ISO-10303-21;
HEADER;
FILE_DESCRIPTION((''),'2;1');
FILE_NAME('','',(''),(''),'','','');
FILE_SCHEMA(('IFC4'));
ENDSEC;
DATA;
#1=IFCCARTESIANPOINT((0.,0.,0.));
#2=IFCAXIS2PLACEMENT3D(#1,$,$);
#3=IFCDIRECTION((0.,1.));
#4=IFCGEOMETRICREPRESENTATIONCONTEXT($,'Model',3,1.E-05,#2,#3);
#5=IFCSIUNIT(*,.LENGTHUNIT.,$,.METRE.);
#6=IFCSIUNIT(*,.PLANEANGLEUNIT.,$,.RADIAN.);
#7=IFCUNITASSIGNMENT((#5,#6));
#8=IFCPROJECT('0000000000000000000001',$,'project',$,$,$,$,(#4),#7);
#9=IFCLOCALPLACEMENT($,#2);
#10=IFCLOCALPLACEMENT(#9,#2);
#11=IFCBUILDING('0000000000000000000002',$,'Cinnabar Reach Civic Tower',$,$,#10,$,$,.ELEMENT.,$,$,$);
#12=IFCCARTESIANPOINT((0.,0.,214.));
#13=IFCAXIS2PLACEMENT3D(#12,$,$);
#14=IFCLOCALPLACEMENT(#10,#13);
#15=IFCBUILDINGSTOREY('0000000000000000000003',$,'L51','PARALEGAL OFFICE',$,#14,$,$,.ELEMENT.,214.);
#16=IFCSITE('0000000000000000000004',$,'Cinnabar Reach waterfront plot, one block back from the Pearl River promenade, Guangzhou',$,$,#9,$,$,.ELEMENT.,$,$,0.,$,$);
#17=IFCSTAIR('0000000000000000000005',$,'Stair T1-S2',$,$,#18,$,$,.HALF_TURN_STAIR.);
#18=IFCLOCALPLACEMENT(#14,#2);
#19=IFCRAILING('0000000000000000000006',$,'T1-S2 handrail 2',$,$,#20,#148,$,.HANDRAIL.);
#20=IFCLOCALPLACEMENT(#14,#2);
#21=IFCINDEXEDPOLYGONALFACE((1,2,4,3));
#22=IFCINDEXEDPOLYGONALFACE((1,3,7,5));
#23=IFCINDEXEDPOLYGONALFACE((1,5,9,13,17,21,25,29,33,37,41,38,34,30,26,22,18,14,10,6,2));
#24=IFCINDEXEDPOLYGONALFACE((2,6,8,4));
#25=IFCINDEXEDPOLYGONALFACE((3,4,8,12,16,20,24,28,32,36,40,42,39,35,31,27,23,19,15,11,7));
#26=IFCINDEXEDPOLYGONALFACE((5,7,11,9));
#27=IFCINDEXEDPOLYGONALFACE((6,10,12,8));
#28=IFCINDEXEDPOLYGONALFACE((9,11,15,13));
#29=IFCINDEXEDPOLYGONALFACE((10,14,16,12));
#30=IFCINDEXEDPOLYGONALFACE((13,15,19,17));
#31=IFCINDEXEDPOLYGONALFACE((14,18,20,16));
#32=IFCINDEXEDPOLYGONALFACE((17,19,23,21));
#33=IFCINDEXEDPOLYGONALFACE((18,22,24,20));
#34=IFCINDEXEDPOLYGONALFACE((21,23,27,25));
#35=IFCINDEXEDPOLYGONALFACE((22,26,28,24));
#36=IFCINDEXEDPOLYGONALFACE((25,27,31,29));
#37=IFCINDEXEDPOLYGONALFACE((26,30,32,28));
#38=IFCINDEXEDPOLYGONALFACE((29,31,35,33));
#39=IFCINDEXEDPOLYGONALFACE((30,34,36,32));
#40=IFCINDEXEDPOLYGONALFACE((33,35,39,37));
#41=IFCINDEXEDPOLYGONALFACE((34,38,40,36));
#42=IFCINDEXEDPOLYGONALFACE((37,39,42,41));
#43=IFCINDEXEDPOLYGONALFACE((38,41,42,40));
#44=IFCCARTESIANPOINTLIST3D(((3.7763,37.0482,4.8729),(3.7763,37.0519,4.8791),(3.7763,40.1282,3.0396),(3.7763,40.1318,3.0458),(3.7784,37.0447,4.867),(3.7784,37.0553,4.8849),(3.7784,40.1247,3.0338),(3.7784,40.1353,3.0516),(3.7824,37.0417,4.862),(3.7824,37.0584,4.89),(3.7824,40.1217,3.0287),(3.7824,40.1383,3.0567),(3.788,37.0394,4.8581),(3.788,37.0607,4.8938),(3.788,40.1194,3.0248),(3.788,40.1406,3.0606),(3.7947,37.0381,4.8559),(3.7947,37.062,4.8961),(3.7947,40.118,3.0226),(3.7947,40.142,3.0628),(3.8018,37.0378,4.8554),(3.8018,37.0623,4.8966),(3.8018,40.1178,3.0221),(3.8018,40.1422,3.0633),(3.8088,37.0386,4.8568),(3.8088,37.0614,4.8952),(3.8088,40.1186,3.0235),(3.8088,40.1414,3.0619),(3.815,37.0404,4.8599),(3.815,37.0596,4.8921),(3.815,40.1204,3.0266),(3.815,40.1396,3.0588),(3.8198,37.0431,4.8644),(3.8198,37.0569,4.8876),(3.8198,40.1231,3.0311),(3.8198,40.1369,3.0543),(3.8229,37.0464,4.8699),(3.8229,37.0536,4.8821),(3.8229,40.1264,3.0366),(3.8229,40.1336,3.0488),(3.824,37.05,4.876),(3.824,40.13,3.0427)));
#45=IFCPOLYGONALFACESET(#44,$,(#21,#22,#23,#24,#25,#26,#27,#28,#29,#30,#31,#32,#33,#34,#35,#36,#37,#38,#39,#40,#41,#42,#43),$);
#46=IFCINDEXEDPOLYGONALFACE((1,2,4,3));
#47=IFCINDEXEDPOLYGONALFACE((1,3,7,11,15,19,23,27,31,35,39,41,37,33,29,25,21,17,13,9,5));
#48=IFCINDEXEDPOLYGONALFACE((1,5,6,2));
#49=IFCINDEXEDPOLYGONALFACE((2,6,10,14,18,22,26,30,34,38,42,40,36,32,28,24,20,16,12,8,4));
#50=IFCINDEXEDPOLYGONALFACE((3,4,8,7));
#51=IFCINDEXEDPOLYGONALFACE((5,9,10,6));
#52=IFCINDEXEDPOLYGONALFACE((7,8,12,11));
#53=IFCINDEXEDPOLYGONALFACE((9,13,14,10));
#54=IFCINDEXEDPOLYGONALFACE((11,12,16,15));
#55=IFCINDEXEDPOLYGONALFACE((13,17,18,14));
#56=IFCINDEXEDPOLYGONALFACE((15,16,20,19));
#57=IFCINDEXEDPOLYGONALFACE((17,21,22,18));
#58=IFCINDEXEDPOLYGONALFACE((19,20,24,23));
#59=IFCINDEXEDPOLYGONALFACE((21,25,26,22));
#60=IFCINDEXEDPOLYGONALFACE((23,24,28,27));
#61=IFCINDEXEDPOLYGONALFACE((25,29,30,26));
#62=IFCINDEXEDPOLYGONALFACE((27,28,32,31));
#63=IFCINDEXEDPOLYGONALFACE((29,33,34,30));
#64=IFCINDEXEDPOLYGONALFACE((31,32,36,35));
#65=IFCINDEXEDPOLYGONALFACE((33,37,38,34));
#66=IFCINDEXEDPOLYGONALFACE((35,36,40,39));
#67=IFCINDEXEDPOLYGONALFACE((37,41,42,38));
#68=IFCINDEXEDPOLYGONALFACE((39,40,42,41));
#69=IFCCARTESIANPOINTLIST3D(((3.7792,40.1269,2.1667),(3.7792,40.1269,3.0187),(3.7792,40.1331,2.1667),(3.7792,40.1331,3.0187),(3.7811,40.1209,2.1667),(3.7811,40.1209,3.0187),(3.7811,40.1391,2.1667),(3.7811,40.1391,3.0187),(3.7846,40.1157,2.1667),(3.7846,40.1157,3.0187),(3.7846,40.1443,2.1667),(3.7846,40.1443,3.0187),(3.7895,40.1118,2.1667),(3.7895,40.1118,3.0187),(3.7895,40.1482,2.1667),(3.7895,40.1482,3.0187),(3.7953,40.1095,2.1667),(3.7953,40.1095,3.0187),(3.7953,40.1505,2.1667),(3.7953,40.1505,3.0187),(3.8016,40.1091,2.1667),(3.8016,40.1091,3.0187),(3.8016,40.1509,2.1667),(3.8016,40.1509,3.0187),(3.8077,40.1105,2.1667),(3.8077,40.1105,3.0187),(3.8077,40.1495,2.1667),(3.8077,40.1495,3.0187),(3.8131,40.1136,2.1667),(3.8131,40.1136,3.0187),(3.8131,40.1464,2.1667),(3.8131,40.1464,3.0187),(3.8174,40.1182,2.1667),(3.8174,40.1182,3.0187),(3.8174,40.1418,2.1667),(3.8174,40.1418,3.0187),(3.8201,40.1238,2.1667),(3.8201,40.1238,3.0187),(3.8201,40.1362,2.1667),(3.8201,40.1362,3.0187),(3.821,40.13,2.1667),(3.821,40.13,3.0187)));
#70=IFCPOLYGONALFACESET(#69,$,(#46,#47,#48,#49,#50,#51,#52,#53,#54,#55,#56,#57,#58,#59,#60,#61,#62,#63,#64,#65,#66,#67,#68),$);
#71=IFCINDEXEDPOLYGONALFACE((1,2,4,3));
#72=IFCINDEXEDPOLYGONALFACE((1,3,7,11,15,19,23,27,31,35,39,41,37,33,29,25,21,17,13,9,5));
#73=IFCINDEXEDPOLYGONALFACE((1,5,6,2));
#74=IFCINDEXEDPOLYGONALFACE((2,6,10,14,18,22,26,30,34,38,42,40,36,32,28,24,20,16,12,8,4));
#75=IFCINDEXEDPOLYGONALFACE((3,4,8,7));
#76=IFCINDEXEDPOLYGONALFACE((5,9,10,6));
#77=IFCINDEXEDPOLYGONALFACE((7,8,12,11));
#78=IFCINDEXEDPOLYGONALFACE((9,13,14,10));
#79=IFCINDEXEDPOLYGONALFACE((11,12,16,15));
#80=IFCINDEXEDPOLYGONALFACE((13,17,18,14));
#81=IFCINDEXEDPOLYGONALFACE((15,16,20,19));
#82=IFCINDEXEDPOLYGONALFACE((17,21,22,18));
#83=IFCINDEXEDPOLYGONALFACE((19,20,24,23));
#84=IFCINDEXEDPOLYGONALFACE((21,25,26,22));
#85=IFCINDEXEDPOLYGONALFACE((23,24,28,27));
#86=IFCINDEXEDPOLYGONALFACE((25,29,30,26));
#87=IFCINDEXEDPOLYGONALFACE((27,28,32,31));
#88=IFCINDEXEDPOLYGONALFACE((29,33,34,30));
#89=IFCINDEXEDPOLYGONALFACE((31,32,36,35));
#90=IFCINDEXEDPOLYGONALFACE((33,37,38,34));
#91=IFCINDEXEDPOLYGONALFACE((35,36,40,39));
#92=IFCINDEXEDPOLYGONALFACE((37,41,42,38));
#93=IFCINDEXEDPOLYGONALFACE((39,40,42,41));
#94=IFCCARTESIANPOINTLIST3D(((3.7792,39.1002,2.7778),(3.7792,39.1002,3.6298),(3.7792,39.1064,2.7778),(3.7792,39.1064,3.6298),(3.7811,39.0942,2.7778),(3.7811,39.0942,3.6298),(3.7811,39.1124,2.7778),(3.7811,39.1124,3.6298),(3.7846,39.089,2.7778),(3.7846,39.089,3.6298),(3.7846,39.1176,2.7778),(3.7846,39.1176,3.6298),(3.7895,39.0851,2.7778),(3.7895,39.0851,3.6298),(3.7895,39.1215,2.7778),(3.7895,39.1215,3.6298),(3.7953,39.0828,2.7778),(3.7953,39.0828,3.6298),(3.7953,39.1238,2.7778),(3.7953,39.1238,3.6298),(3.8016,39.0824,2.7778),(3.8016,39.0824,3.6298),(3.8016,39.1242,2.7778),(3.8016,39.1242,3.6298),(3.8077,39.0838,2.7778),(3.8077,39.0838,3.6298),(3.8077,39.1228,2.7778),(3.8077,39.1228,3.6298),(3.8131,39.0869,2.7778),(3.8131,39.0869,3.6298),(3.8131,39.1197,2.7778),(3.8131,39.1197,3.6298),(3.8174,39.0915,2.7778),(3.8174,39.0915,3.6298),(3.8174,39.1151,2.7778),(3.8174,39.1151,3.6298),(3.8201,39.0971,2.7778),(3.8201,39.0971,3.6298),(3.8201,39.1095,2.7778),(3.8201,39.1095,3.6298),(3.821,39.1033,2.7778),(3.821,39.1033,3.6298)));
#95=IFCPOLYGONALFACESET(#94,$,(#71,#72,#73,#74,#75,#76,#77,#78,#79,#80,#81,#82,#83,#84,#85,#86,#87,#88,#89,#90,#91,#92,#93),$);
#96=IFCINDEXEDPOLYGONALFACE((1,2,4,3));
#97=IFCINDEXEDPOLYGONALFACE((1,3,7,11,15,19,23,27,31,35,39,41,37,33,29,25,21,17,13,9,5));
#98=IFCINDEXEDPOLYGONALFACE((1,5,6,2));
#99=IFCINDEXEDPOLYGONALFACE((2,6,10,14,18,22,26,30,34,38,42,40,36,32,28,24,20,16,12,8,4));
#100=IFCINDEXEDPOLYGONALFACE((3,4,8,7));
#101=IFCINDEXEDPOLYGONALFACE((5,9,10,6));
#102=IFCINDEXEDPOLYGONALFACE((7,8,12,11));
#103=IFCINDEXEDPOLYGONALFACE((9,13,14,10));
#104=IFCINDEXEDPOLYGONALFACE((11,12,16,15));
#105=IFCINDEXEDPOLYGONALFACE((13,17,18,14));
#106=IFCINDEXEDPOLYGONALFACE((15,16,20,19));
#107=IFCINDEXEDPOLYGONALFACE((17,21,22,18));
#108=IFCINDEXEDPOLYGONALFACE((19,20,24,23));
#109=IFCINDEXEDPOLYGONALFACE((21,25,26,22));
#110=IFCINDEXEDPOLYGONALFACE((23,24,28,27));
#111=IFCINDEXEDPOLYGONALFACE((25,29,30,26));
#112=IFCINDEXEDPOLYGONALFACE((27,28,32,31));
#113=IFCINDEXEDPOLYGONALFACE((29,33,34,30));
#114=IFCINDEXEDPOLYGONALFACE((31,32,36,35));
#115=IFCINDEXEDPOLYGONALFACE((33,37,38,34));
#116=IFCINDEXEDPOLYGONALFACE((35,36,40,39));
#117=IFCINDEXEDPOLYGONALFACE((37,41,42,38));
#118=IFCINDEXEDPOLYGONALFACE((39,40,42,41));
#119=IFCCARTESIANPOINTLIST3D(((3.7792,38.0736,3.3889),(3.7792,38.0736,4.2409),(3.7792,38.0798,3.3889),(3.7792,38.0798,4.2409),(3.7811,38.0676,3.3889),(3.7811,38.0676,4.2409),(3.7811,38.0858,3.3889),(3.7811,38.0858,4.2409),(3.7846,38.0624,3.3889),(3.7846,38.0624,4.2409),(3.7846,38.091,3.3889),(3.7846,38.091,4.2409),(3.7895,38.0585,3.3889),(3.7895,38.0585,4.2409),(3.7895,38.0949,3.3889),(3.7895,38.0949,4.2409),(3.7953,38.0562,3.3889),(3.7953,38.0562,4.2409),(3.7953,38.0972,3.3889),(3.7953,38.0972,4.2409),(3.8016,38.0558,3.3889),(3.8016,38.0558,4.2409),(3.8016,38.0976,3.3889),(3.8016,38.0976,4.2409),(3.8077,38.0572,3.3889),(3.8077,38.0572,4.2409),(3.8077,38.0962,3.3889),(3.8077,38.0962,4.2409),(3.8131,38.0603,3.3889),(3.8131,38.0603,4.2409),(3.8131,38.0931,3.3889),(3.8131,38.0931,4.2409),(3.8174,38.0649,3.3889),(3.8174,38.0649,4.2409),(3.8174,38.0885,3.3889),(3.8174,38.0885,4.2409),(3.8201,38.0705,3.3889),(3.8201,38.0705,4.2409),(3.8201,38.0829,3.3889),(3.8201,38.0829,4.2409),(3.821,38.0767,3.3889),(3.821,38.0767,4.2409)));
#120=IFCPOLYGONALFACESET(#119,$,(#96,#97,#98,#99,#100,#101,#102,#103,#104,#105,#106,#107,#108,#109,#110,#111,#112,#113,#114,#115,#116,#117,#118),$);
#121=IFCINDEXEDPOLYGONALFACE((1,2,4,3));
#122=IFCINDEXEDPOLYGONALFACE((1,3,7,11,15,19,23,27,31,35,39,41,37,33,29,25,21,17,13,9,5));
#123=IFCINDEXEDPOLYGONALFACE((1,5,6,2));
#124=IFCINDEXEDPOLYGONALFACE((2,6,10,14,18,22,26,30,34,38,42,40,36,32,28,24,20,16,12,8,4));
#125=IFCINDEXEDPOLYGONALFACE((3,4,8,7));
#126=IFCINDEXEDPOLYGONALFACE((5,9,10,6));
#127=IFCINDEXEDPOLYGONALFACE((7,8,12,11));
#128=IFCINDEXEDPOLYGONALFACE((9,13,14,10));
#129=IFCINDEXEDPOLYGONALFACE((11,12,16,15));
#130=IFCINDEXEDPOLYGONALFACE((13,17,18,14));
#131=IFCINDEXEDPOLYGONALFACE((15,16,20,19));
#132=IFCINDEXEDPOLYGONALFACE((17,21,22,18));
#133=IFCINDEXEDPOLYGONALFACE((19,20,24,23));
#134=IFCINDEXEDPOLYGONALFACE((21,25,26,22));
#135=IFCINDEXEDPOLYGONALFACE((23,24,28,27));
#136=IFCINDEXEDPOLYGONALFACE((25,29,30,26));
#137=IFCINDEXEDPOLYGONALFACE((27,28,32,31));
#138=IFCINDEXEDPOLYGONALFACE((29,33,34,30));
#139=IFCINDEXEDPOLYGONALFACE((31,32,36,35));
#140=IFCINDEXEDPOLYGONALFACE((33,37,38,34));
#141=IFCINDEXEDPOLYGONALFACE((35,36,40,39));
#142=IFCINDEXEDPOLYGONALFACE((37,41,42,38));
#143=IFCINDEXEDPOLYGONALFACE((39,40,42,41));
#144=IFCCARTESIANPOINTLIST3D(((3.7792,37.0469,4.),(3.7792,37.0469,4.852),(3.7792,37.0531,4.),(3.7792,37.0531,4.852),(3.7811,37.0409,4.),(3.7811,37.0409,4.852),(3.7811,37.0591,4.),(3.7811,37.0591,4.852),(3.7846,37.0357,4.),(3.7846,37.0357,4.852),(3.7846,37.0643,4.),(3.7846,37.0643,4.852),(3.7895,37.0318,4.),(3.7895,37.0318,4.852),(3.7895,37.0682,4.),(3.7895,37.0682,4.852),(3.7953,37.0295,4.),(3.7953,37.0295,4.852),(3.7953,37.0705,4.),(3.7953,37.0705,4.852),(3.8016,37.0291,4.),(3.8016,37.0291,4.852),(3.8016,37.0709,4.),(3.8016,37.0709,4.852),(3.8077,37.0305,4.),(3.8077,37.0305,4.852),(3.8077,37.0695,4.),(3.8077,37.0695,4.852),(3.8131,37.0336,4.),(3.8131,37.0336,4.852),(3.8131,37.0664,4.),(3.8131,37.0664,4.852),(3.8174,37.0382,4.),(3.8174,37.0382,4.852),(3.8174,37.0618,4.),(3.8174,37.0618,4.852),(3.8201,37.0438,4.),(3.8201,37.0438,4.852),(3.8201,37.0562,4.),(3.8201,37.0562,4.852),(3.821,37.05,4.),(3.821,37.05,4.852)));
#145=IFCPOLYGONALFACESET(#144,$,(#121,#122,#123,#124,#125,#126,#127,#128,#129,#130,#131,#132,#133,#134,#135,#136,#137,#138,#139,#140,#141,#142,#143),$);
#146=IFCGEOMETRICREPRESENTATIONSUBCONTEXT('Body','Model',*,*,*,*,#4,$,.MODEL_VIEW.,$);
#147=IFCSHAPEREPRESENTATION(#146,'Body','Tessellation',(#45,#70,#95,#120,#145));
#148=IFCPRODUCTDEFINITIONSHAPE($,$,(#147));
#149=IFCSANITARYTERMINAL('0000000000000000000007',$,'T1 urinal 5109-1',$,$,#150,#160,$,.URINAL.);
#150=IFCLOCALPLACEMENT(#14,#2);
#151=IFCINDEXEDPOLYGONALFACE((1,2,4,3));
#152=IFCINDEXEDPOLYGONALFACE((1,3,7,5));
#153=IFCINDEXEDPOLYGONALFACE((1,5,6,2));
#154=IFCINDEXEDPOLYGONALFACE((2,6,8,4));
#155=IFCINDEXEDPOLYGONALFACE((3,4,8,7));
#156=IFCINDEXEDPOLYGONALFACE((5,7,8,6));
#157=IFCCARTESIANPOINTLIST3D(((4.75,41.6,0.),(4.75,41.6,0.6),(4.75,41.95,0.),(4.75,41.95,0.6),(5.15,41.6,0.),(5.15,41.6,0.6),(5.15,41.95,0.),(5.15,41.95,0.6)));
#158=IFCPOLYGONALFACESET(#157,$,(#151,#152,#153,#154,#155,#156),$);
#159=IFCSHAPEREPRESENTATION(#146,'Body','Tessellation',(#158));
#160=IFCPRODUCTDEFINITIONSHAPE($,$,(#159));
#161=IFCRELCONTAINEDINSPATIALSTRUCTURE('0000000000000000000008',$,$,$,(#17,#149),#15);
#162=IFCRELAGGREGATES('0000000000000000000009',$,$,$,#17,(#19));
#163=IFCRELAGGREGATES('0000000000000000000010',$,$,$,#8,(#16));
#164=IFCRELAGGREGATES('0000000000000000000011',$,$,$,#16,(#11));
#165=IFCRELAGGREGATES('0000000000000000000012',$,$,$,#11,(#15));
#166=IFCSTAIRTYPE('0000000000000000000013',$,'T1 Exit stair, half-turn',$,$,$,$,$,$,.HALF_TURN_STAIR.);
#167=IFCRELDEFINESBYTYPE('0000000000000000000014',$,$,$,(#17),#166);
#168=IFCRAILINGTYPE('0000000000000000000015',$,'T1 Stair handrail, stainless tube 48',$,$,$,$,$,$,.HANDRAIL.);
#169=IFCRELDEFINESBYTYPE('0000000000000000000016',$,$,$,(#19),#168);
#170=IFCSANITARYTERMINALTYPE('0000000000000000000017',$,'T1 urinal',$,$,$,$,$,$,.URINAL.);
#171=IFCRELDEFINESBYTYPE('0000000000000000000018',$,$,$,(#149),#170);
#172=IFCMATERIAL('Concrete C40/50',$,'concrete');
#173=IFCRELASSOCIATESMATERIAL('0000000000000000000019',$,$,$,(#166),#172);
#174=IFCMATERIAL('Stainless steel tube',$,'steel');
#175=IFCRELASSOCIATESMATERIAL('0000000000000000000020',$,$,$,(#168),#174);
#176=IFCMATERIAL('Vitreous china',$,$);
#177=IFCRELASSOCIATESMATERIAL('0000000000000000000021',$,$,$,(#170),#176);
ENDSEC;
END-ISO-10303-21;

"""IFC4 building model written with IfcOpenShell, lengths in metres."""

from ifc_helpers import new_model, si_unit, direction, frame, origin, origin_2d, place, context, subcontext, project, spatial, rectangle, circle, extrude, material, type_object, element, aggregate, save


model = new_model("IFC4")

# Units and contexts
model_context = context("Model", 3, precision=1e-05, world=origin(), true_north=direction((0.0, 1.0)))
body_context = subcontext(model_context, "Body", "Model", "MODEL_VIEW")
ifc_project = project(units=[si_unit("LENGTHUNIT", "METRE"), si_unit("PLANEANGLEUNIT", "RADIAN")], contexts=[model_context])

# Site, building, storey
site_placement = place(None, origin())
site = spatial("IfcSite", under=ifc_project, at=site_placement, Name="Cinnabar Reach waterfront plot, one block back from the Pearl River promenade, Guangzhou", CompositionType="ELEMENT", RefElevation=0.0)
building_placement = place(site_placement, origin())
building = spatial("IfcBuilding", under=site, at=building_placement, Name="Cinnabar Reach Civic Tower", CompositionType="ELEMENT")
storey_placement = place(building_placement, frame((0.0, 0.0, 214.0)))
storey = spatial("IfcBuildingStorey", under=building, at=storey_placement, Name="L51", Description="PARALEGAL OFFICE", CompositionType="ELEMENT", Elevation=214.0)

# Shared definitions
ifc_material_1 = material(Name="Concrete C40/50", Category="concrete")

# Stair, railing
stair_type = type_object("IfcStairType", Name="T1 Exit stair, half-turn", PredefinedType="HALF_TURN_STAIR", material=ifc_material_1)
stair_placement = place(storey_placement, origin())
stair = element("IfcStair", 1, at=stair_placement, inside=storey, type_object=stair_type, Name="Stair T1-S2", PredefinedType="HALF_TURN_STAIR")
ifc_material_2 = material(Name="Stainless steel tube", Category="steel")
railing_type = type_object("IfcRailingType", Name="T1 Stair handrail, stainless tube 48", PredefinedType="HANDRAIL", material=ifc_material_2)
railing_1_placement = place(storey_placement, frame((3.8, 40.13, 2.1667)))
railing_1 = element("IfcRailing", 2, at=railing_1_placement, type_object=railing_type, Name="T1-S2 handrail 2", PredefinedType="HANDRAIL", context=body_context, shape_type="SweptSolid", body=[
    extrude(circle(Radius=0.024, at=origin_2d()), frame((0.0, 0.0, 0.876), z_axis=(0.0, -0.859297, 0.511477), x_axis=(1.0, 0.0, 0.0)), (0.0, 0.0, 1.0), 3.5843),
    extrude(circle(Radius=0.021, at=origin_2d()), origin(), (0.0, 0.0, 1.0), 0.852),
    extrude(circle(Radius=0.021, at=origin_2d()), frame((0.0, -1.0267, 0.6111)), (0.0, 0.0, 1.0), 0.852),
    extrude(circle(Radius=0.021, at=origin_2d()), frame((0.0, -2.0533, 1.2222)), (0.0, 0.0, 1.0), 0.852),
    extrude(circle(Radius=0.021, at=origin_2d()), frame((0.0, -3.08, 1.8333)), (0.0, 0.0, 1.0), 0.852),
])
aggregate(stair, [railing_1])

# Sanitary terminal
ifc_material_3 = material(Name="Vitreous china")
sanitary_terminal_type = type_object("IfcSanitaryTerminalType", Name="T1 urinal", PredefinedType="URINAL", material=ifc_material_3)
sanitary_terminal_placement = place(storey_placement, frame((4.95, 41.775, 0.0), z_axis=(0.0, 0.0, 1.0), x_axis=(1.0, 0.0, 0.0)))
element("IfcSanitaryTerminal", 3, at=sanitary_terminal_placement, inside=storey, type_object=sanitary_terminal_type, Name="T1 urinal 5109-1", PredefinedType="URINAL", context=body_context, shape_type="SweptSolid", body=[
    extrude(rectangle(XDim=0.4, YDim=0.35, at=origin_2d()), origin(), (0.0, 0.0, 1.0), 0.6),
])

save(model, "model.ifc")
